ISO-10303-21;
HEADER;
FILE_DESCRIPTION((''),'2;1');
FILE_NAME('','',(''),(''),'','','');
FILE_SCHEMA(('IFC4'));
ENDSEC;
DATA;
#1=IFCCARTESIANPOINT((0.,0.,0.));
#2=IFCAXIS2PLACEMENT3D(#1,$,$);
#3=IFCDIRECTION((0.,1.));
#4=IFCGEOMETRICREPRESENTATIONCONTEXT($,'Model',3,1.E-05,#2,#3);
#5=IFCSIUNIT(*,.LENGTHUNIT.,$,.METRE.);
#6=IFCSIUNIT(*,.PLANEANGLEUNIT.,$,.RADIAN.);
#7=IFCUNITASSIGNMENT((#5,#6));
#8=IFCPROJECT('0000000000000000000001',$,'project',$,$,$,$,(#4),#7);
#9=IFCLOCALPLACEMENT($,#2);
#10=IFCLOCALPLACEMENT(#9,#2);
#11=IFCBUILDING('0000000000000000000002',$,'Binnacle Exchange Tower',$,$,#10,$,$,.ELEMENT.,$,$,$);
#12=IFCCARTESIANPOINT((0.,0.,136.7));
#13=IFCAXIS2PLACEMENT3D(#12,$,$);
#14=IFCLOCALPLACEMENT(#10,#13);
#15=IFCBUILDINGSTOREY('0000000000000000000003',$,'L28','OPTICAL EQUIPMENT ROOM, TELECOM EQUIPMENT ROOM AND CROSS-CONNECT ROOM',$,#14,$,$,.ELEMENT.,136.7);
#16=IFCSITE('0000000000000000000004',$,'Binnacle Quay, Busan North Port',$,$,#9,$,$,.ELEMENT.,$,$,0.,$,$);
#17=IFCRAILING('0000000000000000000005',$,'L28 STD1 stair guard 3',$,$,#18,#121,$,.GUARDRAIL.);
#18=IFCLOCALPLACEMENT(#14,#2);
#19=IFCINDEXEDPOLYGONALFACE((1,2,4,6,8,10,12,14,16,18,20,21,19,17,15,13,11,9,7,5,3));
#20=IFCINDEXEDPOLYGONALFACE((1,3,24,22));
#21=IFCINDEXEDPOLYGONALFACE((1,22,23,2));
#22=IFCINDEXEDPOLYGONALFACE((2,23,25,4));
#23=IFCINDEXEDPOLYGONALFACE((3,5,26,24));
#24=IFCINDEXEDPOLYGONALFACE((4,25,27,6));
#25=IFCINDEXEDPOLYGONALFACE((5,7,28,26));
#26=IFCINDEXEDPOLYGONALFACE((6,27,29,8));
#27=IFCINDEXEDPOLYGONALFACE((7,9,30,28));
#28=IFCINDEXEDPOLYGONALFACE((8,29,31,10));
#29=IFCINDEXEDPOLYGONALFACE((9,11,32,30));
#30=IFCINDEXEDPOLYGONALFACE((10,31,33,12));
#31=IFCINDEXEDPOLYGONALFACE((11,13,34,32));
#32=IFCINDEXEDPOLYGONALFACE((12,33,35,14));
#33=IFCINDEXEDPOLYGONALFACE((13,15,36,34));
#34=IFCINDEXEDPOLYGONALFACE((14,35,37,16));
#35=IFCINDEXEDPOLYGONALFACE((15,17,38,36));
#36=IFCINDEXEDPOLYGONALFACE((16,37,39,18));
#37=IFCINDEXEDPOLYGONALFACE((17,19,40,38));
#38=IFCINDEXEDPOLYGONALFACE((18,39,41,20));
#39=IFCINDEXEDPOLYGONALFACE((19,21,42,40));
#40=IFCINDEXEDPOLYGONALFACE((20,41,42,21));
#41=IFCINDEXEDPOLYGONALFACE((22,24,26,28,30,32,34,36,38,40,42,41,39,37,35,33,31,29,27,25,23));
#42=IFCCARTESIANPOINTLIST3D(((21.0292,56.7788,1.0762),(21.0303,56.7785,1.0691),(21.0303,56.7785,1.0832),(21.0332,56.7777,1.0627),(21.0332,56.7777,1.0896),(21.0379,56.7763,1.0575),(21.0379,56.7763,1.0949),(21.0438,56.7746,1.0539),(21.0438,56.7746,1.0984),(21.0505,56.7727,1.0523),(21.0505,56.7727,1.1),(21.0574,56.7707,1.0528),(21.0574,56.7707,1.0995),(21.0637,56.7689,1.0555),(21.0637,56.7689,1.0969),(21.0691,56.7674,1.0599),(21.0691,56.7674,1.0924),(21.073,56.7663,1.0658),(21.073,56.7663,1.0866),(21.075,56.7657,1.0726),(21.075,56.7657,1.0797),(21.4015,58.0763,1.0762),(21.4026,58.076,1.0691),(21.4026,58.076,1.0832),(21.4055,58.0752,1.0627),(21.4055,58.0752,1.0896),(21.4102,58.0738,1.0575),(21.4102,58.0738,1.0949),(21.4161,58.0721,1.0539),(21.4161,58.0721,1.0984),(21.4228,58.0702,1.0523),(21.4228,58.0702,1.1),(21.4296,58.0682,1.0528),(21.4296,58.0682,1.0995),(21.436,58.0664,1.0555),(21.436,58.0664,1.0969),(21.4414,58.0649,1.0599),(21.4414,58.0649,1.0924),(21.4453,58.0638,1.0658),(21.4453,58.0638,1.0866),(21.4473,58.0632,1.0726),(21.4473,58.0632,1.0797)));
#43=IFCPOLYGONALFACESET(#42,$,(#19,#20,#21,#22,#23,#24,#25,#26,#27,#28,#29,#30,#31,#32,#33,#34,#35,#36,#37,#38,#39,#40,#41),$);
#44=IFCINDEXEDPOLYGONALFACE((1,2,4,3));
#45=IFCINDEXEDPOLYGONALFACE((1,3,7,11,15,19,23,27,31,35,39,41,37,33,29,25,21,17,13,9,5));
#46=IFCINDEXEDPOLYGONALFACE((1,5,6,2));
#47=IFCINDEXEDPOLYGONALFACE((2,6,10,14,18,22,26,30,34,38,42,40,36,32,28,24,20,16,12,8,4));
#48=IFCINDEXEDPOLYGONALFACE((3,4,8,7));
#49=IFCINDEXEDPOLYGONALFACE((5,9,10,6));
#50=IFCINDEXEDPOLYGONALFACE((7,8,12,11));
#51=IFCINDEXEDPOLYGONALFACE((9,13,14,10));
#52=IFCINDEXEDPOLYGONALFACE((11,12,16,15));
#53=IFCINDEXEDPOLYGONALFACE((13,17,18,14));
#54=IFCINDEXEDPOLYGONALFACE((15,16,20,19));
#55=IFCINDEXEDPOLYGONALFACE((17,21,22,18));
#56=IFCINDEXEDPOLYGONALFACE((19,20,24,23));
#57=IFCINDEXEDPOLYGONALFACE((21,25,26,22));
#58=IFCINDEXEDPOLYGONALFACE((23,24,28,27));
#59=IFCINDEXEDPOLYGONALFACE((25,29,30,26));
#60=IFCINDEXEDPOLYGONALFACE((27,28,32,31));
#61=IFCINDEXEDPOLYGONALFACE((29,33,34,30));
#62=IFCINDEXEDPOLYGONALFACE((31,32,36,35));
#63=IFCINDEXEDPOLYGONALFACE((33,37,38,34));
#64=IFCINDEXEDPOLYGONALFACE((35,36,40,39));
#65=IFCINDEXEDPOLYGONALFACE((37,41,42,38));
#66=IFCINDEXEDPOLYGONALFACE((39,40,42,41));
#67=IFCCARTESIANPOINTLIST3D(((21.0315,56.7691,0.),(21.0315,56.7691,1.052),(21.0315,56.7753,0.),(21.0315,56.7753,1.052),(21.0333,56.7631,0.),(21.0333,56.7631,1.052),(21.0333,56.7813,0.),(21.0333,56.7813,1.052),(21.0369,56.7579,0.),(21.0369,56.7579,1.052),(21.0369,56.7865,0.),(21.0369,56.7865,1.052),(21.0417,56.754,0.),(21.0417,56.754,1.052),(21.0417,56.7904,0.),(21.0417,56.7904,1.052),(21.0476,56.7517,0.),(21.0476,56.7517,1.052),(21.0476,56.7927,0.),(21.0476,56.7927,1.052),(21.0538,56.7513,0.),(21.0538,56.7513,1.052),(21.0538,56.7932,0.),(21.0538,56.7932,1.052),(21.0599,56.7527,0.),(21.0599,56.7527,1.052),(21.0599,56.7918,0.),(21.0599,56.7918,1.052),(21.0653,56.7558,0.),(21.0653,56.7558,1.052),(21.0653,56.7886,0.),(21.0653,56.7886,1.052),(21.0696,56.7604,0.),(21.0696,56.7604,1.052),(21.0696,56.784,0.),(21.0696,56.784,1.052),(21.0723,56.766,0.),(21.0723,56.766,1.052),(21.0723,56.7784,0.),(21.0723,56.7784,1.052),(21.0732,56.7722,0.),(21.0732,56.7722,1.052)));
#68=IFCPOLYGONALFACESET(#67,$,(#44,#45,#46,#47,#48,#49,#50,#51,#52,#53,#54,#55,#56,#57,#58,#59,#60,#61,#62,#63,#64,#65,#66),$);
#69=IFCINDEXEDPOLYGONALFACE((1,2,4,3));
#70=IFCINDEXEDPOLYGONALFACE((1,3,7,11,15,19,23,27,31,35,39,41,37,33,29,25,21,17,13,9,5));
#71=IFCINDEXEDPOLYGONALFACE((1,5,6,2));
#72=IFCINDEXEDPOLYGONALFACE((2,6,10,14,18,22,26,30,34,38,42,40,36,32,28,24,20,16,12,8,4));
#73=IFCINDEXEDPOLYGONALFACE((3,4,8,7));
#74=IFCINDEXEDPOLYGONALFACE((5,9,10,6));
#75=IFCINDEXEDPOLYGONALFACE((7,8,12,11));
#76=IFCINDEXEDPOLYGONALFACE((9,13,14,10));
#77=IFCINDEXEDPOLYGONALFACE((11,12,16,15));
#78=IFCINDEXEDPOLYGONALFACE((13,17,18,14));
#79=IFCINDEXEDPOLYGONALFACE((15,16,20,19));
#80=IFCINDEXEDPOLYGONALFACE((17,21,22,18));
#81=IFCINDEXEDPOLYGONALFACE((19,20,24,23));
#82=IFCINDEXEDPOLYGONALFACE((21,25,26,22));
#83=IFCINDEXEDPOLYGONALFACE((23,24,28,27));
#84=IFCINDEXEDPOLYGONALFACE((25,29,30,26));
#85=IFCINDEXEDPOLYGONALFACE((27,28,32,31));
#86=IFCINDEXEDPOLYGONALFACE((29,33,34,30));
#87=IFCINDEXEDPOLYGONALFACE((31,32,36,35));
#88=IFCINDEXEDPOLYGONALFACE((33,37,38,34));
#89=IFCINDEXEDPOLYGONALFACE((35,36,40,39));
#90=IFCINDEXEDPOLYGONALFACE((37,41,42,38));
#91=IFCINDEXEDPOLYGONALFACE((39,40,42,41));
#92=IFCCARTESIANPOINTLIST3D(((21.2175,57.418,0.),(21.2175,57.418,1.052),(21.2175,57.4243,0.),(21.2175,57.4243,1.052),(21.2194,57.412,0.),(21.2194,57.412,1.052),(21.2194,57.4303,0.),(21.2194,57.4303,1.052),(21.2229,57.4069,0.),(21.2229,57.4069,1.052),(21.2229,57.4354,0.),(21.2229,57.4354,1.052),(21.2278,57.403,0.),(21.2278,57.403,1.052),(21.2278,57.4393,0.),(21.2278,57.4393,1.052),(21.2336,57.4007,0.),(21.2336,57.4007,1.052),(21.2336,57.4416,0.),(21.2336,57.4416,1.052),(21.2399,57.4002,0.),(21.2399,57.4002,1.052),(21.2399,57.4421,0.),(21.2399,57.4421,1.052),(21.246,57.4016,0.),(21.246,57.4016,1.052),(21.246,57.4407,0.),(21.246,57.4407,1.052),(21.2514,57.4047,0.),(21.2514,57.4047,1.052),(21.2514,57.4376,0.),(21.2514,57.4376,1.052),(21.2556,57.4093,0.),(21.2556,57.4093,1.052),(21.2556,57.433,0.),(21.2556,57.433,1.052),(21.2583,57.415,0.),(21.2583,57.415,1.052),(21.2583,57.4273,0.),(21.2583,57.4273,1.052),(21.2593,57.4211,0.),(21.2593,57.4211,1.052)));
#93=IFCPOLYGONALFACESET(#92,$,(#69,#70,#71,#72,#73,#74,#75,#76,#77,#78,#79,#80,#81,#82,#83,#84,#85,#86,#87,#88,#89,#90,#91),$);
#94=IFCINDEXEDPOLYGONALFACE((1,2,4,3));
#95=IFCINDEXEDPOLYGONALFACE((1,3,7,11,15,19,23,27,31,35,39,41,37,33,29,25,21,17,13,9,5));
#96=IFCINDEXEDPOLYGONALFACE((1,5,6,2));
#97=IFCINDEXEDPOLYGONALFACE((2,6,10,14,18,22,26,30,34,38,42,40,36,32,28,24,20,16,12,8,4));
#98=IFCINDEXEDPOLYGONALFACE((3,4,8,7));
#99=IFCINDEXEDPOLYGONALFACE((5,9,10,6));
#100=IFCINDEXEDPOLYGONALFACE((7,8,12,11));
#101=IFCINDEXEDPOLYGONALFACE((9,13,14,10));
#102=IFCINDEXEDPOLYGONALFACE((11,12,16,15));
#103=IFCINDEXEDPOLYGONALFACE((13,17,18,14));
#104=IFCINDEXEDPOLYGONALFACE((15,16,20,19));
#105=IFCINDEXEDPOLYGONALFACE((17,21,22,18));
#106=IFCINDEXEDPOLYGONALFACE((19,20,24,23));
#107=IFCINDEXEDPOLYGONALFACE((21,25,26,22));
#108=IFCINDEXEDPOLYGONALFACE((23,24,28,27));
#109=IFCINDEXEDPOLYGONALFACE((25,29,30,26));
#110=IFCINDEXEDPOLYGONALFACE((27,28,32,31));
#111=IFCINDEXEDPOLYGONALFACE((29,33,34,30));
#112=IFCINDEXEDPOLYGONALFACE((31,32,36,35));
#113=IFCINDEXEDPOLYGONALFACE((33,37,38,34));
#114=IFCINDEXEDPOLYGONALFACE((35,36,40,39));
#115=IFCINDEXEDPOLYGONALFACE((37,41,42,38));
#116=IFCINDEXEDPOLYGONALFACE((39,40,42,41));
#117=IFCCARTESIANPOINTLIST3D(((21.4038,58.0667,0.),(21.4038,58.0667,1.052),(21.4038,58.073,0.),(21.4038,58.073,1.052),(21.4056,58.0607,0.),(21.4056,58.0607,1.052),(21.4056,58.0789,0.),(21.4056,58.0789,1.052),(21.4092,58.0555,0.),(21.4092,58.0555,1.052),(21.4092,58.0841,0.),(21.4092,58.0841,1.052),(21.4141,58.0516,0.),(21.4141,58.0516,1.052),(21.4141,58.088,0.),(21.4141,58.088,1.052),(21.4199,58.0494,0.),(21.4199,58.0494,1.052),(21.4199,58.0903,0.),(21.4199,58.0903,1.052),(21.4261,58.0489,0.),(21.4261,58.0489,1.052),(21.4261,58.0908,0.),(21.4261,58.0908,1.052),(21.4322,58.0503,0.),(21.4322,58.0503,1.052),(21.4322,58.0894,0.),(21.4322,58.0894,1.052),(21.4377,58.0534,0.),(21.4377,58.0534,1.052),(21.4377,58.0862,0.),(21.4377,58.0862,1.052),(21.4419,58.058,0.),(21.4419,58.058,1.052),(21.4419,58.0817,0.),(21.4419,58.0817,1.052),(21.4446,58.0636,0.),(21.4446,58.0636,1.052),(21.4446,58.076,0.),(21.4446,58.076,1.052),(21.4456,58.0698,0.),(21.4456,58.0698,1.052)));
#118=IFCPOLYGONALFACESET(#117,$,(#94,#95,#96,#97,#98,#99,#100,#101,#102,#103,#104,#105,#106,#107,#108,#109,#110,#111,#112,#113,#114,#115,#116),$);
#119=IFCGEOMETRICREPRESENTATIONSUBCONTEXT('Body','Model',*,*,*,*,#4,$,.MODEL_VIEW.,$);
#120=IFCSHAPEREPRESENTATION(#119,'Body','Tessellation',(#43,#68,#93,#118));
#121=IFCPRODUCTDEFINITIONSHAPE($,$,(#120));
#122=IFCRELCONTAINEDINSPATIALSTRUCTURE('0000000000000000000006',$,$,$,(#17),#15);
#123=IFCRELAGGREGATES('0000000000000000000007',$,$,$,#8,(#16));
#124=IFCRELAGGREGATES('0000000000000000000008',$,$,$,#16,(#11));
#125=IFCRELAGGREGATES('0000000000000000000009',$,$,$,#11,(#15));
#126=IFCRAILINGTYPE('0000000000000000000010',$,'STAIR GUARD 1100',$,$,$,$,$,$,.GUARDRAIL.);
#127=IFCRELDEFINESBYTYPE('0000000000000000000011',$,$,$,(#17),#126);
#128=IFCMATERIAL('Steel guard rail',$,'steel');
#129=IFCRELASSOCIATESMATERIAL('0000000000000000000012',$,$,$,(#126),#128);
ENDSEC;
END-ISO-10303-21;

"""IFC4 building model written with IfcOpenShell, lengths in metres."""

from ifc_helpers import new_model, si_unit, direction, frame, origin, origin_2d, place, context, subcontext, project, spatial, circle, extrude, material, type_object, element, save


model = new_model("IFC4")

# Units and contexts
model_context = context("Model", 3, precision=1e-05, world=origin(), true_north=direction((0.0, 1.0)))
body_context = subcontext(model_context, "Body", "Model", "MODEL_VIEW")
ifc_project = project(units=[si_unit("LENGTHUNIT", "METRE"), si_unit("PLANEANGLEUNIT", "RADIAN")], contexts=[model_context])

# Site, building, storey
site_placement = place(None, origin())
site = spatial("IfcSite", under=ifc_project, at=site_placement, Name="Binnacle Quay, Busan North Port", CompositionType="ELEMENT", RefElevation=0.0)
building_placement = place(site_placement, origin())
building = spatial("IfcBuilding", under=site, at=building_placement, Name="Binnacle Exchange Tower", CompositionType="ELEMENT")
storey_placement = place(building_placement, frame((0.0, 0.0, 136.7)))
storey = spatial("IfcBuildingStorey", under=building, at=storey_placement, Name="L28", Description="OPTICAL EQUIPMENT ROOM, TELECOM EQUIPMENT ROOM AND CROSS-CONNECT ROOM", CompositionType="ELEMENT", Elevation=136.7)

# Railing
ifc_material_1 = material(Name="Steel guard rail", Category="steel")
railing_type_1 = type_object("IfcRailingType", Name="STAIR GUARD 1100", PredefinedType="GUARDRAIL", material=ifc_material_1)
railing_1_placement = place(storey_placement, frame((21.0522, 56.7722, 0.0)))
element("IfcRailing", 1, at=railing_1_placement, inside=storey, type_object=railing_type_1, Name="L28 STD1 stair guard 3", PredefinedType="GUARDRAIL", context=body_context, shape_type="SweptSolid", body=[
    extrude(circle(Radius=0.0239, at=origin_2d()), frame((0.0, 0.0, 1.0762), z_axis=(0.275796, 0.961216, 0.0), x_axis=(-0.961216, 0.275796, 0.0)), (0.0, 0.0, 1.0), 1.3499),
    extrude(circle(Radius=0.021, at=origin_2d()), origin(), (0.0, 0.0, 1.0), 1.052),
    extrude(circle(Radius=0.021, at=origin_2d()), frame((0.186, 0.6489, 0.0)), (0.0, 0.0, 1.0), 1.052),
    extrude(circle(Radius=0.021, at=origin_2d()), frame((0.3723, 1.2976, 0.0)), (0.0, 0.0, 1.0), 1.052),
])

save(model, "model.ifc")
